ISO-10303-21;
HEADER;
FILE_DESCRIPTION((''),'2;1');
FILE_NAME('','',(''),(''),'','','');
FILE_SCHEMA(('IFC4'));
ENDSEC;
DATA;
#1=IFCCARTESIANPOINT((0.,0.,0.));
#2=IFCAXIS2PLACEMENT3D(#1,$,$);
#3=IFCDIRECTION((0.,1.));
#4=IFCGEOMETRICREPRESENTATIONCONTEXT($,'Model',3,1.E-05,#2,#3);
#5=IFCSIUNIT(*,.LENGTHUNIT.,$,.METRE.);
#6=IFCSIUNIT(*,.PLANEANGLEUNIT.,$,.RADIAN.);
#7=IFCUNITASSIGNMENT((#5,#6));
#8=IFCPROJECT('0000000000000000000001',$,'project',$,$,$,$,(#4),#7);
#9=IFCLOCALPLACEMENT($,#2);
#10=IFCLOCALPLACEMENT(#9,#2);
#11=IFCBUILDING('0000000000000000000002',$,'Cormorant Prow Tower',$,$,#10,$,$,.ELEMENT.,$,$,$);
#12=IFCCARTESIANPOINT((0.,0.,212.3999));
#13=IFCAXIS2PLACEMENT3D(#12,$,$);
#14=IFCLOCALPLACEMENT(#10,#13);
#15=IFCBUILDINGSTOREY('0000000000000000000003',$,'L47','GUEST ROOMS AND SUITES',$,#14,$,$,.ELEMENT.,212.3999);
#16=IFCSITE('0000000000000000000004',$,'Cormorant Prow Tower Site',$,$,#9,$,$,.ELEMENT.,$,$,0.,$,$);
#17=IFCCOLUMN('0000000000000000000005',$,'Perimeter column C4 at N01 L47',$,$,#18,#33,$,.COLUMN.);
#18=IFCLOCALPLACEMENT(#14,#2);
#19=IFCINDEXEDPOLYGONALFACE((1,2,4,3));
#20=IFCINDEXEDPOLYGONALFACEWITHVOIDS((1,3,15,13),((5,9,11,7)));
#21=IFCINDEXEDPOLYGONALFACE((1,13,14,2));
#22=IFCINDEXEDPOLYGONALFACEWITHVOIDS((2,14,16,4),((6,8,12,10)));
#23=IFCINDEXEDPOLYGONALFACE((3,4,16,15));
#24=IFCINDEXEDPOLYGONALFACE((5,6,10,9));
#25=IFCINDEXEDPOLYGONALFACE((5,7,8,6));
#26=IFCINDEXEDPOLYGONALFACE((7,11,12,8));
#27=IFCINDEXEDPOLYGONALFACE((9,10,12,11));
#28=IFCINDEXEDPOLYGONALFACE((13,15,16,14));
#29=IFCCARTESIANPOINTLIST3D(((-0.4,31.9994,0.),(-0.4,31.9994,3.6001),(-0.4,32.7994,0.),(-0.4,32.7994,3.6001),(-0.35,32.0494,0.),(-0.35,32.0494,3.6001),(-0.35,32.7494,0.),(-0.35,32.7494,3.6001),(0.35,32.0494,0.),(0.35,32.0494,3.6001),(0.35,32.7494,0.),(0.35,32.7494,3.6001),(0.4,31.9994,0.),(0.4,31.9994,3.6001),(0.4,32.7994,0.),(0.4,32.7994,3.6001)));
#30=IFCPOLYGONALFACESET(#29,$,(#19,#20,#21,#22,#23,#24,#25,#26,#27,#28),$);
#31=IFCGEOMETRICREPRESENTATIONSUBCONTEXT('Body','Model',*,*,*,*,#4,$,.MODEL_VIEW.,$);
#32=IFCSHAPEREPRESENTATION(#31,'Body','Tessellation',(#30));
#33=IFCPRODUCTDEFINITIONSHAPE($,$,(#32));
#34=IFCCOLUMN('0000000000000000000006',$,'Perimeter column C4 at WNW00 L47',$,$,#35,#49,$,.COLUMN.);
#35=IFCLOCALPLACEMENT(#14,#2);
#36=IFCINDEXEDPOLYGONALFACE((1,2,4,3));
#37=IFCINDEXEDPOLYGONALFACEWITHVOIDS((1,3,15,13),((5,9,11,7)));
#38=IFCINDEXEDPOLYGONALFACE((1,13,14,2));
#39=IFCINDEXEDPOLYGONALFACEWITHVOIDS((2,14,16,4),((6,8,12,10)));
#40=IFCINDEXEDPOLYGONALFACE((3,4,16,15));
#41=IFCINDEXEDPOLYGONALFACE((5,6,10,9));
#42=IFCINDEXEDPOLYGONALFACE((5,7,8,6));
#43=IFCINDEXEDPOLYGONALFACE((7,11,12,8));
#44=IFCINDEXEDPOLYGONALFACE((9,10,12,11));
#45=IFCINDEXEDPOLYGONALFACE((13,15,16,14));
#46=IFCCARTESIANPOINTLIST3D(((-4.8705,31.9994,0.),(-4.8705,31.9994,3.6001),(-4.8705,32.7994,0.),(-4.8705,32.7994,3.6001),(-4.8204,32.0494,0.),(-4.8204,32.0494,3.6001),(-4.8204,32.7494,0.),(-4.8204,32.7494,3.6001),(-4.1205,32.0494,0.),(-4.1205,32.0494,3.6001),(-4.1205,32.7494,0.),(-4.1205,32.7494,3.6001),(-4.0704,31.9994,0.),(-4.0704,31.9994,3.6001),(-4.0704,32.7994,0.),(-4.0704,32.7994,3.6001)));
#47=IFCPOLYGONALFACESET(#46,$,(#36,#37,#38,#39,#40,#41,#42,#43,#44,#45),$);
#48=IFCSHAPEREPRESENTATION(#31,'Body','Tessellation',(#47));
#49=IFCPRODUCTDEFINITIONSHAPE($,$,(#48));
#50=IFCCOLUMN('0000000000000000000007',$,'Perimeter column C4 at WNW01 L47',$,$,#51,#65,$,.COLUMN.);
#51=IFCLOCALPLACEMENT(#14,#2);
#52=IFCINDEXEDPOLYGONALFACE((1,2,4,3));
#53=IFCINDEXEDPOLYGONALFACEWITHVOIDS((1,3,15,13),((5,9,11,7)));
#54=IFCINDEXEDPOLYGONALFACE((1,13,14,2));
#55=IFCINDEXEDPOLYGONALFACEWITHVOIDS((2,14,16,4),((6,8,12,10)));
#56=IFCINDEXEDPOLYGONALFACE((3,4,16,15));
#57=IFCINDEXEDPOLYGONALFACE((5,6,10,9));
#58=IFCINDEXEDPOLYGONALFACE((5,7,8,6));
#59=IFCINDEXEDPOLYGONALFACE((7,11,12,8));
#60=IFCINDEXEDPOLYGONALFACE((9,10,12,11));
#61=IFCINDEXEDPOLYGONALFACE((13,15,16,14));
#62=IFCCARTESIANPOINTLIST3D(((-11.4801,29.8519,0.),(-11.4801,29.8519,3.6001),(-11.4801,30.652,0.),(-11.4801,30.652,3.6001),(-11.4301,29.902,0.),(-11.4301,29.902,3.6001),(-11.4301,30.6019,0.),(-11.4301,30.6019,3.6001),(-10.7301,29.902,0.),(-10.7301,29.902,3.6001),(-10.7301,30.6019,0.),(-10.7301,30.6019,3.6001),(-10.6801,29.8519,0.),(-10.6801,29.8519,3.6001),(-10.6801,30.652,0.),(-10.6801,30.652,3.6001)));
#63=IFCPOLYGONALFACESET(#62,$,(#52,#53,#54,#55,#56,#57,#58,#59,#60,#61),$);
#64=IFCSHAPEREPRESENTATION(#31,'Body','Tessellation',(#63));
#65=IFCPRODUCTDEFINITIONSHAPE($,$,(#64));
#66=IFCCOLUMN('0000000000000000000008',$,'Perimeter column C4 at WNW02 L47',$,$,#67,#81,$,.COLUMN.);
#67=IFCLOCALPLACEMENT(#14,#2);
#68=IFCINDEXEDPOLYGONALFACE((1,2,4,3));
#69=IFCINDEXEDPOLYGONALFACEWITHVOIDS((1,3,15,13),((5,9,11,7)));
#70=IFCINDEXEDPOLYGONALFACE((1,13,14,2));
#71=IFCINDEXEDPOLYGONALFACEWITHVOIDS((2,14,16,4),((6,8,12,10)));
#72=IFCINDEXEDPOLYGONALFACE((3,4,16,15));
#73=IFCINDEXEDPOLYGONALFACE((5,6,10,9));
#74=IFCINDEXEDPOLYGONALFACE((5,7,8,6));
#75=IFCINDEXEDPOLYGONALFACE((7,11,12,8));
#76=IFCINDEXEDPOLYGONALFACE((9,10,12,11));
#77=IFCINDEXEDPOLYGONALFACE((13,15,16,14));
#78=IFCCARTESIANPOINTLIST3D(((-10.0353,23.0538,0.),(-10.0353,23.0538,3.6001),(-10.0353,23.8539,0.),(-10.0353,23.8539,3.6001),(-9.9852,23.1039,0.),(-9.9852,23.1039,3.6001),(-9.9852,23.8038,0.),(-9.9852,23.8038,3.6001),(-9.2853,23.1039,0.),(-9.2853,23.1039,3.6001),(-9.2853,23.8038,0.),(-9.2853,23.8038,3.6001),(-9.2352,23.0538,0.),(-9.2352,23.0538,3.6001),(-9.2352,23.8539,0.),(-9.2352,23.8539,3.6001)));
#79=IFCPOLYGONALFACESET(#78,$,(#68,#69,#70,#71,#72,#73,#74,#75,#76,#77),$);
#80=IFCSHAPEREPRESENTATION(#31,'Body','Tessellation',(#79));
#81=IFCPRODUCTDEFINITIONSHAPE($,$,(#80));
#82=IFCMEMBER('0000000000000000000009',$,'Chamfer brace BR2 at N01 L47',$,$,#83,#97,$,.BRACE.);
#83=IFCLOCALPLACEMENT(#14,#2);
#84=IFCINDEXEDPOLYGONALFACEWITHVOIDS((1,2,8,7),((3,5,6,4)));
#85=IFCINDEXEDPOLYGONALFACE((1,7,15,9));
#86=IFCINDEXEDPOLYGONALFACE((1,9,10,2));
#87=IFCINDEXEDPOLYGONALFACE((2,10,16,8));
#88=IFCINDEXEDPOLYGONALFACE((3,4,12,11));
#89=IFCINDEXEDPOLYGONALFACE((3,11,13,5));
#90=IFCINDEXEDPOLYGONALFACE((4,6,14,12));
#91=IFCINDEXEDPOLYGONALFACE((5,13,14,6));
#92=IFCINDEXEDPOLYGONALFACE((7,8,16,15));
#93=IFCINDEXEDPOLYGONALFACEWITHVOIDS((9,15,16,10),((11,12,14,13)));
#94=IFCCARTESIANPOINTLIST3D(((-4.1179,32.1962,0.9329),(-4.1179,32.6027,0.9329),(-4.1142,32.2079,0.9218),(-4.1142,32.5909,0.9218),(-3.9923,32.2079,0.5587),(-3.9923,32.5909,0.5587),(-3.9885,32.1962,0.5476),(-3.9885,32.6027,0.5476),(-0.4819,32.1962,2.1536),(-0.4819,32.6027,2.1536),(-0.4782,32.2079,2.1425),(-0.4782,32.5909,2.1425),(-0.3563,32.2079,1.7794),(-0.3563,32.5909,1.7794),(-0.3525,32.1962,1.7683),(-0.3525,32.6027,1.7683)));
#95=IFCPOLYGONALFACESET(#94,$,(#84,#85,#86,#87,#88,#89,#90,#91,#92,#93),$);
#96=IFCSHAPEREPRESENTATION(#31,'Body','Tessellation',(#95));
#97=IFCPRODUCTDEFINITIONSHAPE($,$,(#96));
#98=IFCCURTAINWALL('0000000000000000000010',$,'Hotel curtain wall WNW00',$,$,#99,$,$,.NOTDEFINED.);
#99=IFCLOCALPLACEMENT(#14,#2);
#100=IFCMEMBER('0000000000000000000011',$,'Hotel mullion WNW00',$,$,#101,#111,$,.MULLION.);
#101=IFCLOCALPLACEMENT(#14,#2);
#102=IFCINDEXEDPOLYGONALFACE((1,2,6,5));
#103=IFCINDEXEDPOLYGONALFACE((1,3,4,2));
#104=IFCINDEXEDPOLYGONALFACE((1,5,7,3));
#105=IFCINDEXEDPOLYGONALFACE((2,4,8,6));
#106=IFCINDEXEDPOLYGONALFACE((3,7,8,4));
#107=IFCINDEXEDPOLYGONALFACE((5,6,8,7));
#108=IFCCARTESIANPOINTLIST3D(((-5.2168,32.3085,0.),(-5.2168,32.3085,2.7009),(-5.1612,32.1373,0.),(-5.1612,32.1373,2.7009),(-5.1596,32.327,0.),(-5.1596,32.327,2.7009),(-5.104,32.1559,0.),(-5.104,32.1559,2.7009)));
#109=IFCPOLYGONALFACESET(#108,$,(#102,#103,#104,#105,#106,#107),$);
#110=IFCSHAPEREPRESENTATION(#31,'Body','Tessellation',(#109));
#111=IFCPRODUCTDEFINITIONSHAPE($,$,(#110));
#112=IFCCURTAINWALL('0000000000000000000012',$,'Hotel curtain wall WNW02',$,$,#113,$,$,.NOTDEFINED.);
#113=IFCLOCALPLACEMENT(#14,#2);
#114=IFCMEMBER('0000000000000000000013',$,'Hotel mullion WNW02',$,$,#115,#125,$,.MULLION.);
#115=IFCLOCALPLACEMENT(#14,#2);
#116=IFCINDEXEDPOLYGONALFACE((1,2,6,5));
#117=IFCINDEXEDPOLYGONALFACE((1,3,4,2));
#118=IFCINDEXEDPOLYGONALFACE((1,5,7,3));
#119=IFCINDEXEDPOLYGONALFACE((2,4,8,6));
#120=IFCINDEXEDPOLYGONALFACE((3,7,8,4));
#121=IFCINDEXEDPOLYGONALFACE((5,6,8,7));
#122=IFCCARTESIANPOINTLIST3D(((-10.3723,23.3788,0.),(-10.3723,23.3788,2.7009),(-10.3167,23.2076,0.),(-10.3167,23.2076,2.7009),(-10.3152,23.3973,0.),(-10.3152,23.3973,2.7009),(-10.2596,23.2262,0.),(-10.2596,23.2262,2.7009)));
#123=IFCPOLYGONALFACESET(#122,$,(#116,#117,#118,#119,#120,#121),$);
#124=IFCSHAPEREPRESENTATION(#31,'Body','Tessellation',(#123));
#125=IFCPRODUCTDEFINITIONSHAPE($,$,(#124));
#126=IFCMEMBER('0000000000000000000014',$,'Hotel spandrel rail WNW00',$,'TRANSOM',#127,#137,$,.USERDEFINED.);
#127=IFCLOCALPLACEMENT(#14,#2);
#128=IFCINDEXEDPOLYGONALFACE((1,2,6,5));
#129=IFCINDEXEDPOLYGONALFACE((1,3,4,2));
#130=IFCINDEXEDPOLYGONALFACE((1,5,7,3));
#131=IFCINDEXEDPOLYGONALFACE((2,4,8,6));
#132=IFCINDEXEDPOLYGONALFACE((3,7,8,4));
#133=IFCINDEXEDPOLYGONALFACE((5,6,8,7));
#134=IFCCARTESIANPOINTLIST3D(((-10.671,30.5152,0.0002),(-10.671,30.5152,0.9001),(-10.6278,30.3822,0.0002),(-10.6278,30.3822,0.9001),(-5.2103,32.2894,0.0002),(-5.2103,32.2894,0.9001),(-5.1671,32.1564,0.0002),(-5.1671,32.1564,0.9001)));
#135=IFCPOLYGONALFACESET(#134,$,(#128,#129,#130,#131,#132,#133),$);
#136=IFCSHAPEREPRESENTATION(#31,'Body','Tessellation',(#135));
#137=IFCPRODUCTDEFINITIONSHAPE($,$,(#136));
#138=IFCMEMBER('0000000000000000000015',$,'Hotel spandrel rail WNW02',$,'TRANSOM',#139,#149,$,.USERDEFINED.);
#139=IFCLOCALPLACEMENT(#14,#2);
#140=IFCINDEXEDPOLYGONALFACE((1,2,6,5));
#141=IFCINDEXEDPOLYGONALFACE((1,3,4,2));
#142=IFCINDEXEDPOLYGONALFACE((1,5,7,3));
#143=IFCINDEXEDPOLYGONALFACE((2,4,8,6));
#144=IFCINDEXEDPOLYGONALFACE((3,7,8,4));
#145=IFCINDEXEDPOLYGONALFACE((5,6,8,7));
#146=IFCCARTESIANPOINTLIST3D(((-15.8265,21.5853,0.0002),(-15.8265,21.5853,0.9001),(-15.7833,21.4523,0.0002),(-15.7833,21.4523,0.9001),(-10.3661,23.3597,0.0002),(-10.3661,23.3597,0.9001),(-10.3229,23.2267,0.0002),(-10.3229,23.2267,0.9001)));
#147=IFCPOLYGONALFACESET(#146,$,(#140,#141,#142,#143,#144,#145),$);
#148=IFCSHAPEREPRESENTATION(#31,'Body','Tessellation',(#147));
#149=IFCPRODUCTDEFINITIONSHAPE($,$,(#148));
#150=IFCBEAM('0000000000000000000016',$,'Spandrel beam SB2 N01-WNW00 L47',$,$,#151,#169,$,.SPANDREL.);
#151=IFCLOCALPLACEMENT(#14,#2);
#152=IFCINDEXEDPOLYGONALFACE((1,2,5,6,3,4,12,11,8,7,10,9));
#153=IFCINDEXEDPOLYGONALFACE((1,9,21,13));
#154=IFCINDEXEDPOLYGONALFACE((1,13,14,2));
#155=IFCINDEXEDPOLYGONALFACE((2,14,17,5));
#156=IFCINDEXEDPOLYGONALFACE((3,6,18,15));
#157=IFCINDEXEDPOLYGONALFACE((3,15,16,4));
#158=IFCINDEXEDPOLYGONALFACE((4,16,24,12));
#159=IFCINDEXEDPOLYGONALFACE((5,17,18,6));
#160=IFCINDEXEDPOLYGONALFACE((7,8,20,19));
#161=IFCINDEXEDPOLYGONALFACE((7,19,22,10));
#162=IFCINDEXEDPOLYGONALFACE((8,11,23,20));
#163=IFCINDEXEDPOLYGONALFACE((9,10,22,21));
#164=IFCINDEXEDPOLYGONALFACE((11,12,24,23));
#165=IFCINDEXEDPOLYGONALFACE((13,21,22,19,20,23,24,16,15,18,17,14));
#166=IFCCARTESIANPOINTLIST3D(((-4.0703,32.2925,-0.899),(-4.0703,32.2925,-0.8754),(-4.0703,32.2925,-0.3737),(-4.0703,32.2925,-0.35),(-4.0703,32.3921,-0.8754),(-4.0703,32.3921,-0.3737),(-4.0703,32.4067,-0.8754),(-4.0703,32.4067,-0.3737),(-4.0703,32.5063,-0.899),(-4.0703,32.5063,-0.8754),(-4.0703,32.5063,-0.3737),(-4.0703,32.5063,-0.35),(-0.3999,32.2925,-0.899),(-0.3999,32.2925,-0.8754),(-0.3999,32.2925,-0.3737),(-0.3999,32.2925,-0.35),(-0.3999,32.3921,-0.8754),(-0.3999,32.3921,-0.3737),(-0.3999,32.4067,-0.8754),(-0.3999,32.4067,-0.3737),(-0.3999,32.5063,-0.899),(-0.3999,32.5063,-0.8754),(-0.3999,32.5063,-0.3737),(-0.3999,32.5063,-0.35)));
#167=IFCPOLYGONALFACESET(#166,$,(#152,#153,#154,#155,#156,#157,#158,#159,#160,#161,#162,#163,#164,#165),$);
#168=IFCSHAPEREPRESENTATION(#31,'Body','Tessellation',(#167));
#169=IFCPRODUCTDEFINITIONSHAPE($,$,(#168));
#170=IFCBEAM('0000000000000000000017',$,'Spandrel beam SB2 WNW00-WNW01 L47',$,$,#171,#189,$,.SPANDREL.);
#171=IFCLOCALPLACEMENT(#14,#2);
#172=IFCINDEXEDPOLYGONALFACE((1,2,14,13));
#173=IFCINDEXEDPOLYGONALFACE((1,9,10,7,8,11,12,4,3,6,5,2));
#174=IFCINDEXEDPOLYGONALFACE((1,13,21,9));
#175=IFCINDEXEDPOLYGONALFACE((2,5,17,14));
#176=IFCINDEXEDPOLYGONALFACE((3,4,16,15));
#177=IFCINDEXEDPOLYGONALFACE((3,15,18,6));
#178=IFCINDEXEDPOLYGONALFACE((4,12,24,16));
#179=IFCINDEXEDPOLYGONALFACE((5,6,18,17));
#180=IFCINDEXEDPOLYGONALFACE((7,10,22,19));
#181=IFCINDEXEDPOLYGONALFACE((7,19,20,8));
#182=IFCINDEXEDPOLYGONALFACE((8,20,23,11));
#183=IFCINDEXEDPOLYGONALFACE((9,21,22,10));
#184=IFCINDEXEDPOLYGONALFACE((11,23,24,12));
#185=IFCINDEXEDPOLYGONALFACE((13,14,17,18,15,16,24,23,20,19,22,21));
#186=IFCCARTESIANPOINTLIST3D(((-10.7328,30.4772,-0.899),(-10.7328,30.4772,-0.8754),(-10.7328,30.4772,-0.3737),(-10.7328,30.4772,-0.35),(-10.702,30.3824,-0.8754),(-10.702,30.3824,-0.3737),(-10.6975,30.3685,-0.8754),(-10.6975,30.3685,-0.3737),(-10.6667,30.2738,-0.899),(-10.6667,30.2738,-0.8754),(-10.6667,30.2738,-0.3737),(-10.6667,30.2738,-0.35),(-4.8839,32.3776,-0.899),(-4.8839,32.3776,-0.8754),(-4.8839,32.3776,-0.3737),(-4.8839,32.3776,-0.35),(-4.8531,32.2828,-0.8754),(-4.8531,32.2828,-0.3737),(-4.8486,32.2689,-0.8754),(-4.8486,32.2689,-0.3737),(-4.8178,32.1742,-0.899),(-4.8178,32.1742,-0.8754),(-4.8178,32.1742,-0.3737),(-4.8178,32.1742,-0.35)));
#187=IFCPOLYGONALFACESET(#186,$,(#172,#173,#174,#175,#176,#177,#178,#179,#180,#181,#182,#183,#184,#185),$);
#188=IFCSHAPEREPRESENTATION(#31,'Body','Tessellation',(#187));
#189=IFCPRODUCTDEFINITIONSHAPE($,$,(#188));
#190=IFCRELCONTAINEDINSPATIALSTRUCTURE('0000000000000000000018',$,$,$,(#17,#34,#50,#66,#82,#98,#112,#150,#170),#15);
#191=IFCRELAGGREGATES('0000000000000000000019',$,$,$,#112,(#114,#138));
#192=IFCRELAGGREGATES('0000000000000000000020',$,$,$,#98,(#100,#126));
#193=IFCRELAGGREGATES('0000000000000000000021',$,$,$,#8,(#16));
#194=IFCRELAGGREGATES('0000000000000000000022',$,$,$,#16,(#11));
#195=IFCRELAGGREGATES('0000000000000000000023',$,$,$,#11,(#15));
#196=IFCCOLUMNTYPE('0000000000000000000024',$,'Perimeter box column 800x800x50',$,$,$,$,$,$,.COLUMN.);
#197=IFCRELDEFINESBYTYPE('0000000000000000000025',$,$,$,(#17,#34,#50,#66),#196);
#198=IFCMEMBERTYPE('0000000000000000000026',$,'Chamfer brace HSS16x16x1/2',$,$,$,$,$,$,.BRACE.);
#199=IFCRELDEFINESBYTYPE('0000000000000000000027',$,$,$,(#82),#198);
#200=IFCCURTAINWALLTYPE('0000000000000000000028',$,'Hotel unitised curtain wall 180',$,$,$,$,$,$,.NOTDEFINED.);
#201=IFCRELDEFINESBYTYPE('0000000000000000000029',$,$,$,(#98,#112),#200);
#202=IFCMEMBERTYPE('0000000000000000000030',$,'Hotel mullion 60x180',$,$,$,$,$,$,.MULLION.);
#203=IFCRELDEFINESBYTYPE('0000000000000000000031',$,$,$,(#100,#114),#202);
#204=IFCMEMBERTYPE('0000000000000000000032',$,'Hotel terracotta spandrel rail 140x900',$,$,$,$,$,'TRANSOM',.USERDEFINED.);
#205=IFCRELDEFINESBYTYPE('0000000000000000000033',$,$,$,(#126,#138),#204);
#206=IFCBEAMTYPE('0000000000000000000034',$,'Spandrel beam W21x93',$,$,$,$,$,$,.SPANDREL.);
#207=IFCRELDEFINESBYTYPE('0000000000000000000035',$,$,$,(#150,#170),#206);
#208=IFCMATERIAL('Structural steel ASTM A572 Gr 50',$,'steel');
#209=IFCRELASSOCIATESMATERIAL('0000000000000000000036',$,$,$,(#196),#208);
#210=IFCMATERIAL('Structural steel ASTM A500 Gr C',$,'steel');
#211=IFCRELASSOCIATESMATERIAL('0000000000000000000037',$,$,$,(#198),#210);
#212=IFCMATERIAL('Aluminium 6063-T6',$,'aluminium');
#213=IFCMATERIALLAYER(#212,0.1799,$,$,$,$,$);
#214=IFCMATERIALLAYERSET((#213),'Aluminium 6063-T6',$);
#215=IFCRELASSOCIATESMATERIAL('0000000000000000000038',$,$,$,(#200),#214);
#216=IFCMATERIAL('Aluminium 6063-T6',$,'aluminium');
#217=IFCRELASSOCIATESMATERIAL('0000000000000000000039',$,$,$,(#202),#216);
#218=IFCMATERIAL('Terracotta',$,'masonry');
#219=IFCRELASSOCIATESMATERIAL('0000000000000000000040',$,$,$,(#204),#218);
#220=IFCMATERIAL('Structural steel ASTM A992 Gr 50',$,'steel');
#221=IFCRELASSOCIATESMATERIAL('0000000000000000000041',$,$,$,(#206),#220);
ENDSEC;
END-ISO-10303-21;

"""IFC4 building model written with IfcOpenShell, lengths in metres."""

from ifc_helpers import new_model, si_unit, direction, frame, origin, origin_2d, place, context, subcontext, project, spatial, rectangle, hollow_rectangle, i_section, extrude, material, layer, layer_set, material_profile, profile_set, type_object, element, aggregate, save


model = new_model("IFC4")

# Units and contexts
model_context = context("Model", 3, precision=1e-05, world=origin(), true_north=direction((0.0, 1.0)))
body_context = subcontext(model_context, "Body", "Model", "MODEL_VIEW")
ifc_project = project(units=[si_unit("LENGTHUNIT", "METRE"), si_unit("PLANEANGLEUNIT", "RADIAN")], contexts=[model_context])

# Site, building, storey
site_placement = place(None, origin())
site = spatial("IfcSite", under=ifc_project, at=site_placement, Name="Cormorant Prow Tower Site", CompositionType="ELEMENT", RefElevation=0.0)
building_placement = place(site_placement, origin())
building = spatial("IfcBuilding", under=site, at=building_placement, Name="Cormorant Prow Tower", CompositionType="ELEMENT")
storey_placement = place(building_placement, frame((0.0, 0.0, 212.3999)))
storey = spatial("IfcBuildingStorey", under=building, at=storey_placement, Name="L47", Description="GUEST ROOMS AND SUITES", CompositionType="ELEMENT", Elevation=212.3999)

# Columns
ifc_material_1 = material(Name="Structural steel ASTM A572 Gr 50", Category="steel")
ifc_material_profile_1 = material_profile(ifc_material_1, hollow_rectangle(XDim=0.8, YDim=0.8, WallThickness=0.05, at=origin_2d()), Name="Box 800x800x50")
ifc_profile_set_1 = profile_set([ifc_material_profile_1], Name="Structural steel ASTM A572 Gr 50")
column_type = type_object("IfcColumnType", Name="Perimeter box column 800x800x50", PredefinedType="COLUMN", material=ifc_profile_set_1)
for number, where, z_axis, x_axis, name in (
    (1, (0.0, 32.3994, 0.0), (0.0, 0.0, 1.0), (1.0, 0.0, 0.0), "Perimeter column C4 at N01 L47"),
    (2, (-4.4705, 32.3994, 0.0), (0.0, 0.0, 1.0), (1.0, 0.0, 0.0), "Perimeter column C4 at WNW00 L47"),
    (3, (-11.0801, 30.252, 0.0), (0.0, 0.0, 1.0), (1.0, 0.0, 0.0), "Perimeter column C4 at WNW01 L47"),
    (4, (-9.6353, 23.4539, 0.0), (0.0, 0.0, 1.0), (1.0, 0.0, 0.0), "Perimeter column C4 at WNW02 L47"),
):
    element("IfcColumn", number, at=place(storey_placement, frame(where, z_axis=z_axis, x_axis=x_axis)), inside=storey, type_object=column_type, Name=name, PredefinedType="COLUMN", context=body_context, shape_type="SweptSolid", body=[
        extrude(hollow_rectangle(XDim=0.8, YDim=0.8, WallThickness=0.05, at=origin_2d()), origin(), (0.0, 0.0, 1.0), 3.6001),
    ])

# Member
ifc_material_2 = material(Name="Structural steel ASTM A500 Gr C", Category="steel")
ifc_material_profile_2 = material_profile(ifc_material_2, hollow_rectangle(XDim=0.4065, YDim=0.4065, WallThickness=0.0117, at=origin_2d()), Name="HSS16x16x1/2")
ifc_profile_set_2 = profile_set([ifc_material_profile_2], Name="Structural steel ASTM A500 Gr C")
member_type_1 = type_object("IfcMemberType", Name="Chamfer brace HSS16x16x1/2", PredefinedType="BRACE", material=ifc_profile_set_2)
member_1_placement = place(storey_placement, frame((-4.0532, 32.3994, 0.7402), z_axis=(0.948, 0.0, 0.31827), x_axis=(0.0, 1.0, 0.0)))
element("IfcMember", 5, at=member_1_placement, inside=storey, type_object=member_type_1, Name="Chamfer brace BR2 at N01 L47", PredefinedType="BRACE", context=body_context, shape_type="SweptSolid", body=[
    extrude(hollow_rectangle(XDim=0.4065, YDim=0.4065, WallThickness=0.0117, at=origin_2d()), origin(), (0.0, 0.0, 1.0), 3.8354),
])

# Curtain walls, members
ifc_material_3 = material(Name="Aluminium 6063-T6", Category="aluminium")
ifc_layer_1 = layer(ifc_material_3, 0.1799)
ifc_layer_set_1 = layer_set([ifc_layer_1], Name="Aluminium 6063-T6")
curtain_wall_type = type_object("IfcCurtainWallType", Name="Hotel unitised curtain wall 180", PredefinedType="NOTDEFINED", material=ifc_layer_set_1)
curtain_wall_1_placement = place(storey_placement, origin())
curtain_wall_1 = element("IfcCurtainWall", 6, at=curtain_wall_1_placement, inside=storey, type_object=curtain_wall_type, Name="Hotel curtain wall WNW00", PredefinedType="NOTDEFINED")
ifc_material_4 = material(Name="Aluminium 6063-T6", Category="aluminium")
ifc_material_profile_3 = material_profile(ifc_material_4, rectangle(XDim=0.1799, YDim=0.0601, at=origin_2d()), Name="Hotel mullion 60x180")
ifc_profile_set_3 = profile_set([ifc_material_profile_3], Name="Aluminium 6063-T6")
member_type_2 = type_object("IfcMemberType", Name="Hotel mullion 60x180", PredefinedType="MULLION", material=ifc_profile_set_3)
member_2_placement = place(storey_placement, frame((-5.1604, 32.2322, 0.0), z_axis=(0.0, 0.0, 1.0), x_axis=(0.309017, -0.951057, 0.0)))
member_2 = element("IfcMember", 7, at=member_2_placement, type_object=member_type_2, Name="Hotel mullion WNW00", PredefinedType="MULLION", context=body_context, shape_type="SweptSolid", body=[
    extrude(rectangle(XDim=0.1799, YDim=0.0601, at=origin_2d()), origin(), (0.0, 0.0, 1.0), 2.7009),
])
curtain_wall_2_placement = place(storey_placement, origin())
curtain_wall_2 = element("IfcCurtainWall", 8, at=curtain_wall_2_placement, inside=storey, type_object=curtain_wall_type, Name="Hotel curtain wall WNW02", PredefinedType="NOTDEFINED")
member_3_placement = place(storey_placement, frame((-10.3159, 23.3025, 0.0), z_axis=(0.0, 0.0, 1.0), x_axis=(0.309017, -0.951057, 0.0)))
member_3 = element("IfcMember", 9, at=member_3_placement, type_object=member_type_2, Name="Hotel mullion WNW02", PredefinedType="MULLION", context=body_context, shape_type="SweptSolid", body=[
    extrude(rectangle(XDim=0.1799, YDim=0.0601, at=origin_2d()), origin(), (0.0, 0.0, 1.0), 2.7009),
])

# Members
ifc_material_5 = material(Name="Terracotta", Category="masonry")
ifc_material_profile_4 = material_profile(ifc_material_5, rectangle(XDim=0.1399, YDim=0.8999, at=origin_2d()), Name="Hotel terracotta spandrel rail 140x900")
ifc_profile_set_4 = profile_set([ifc_material_profile_4], Name="Terracotta")
member_type_3 = type_object("IfcMemberType", Name="Hotel terracotta spandrel rail 140x900", ElementType="TRANSOM", PredefinedType="USERDEFINED", material=ifc_profile_set_4)
member_4_placement = place(storey_placement, frame((-5.1887, 32.2229, 0.4502), z_axis=(-0.951063, -0.308999, 0.0), x_axis=(0.308999, -0.951063, 0.0)))
member_4 = element("IfcMember", 10, at=member_4_placement, type_object=member_type_3, Name="Hotel spandrel rail WNW00", ObjectType="TRANSOM", PredefinedType="USERDEFINED", context=body_context, shape_type="SweptSolid", body=[
    extrude(rectangle(XDim=0.1399, YDim=0.8999, at=origin_2d()), origin(), (0.0, 0.0, 1.0), 5.7417),
])
member_5_placement = place(storey_placement, frame((-10.3445, 23.2932, 0.4502), z_axis=(-0.951046, -0.30905, 0.0), x_axis=(0.30905, -0.951046, 0.0)))
member_5 = element("IfcMember", 11, at=member_5_placement, type_object=member_type_3, Name="Hotel spandrel rail WNW02", ObjectType="TRANSOM", PredefinedType="USERDEFINED", context=body_context, shape_type="SweptSolid", body=[
    extrude(rectangle(XDim=0.1399, YDim=0.8999, at=origin_2d()), origin(), (0.0, 0.0, 1.0), 5.7415),
])
aggregate(curtain_wall_2, [member_3, member_5])

# Beams
ifc_material_6 = material(Name="Structural steel ASTM A992 Gr 50", Category="steel")
ifc_material_profile_5 = material_profile(ifc_material_6, i_section(OverallWidth=0.2139, OverallDepth=0.5491, WebThickness=0.0146, FlangeThickness=0.0237, at=origin_2d()), Name="W21x93")
ifc_profile_set_5 = profile_set([ifc_material_profile_5], Name="Structural steel ASTM A992 Gr 50")
beam_type = type_object("IfcBeamType", Name="Spandrel beam W21x93", PredefinedType="SPANDREL", material=ifc_profile_set_5)
beam_1_placement = place(storey_placement, frame((-0.3999, 32.3994, -0.6245), z_axis=(-1.0, 0.0, 0.0), x_axis=(0.0, -1.0, 0.0)))
element("IfcBeam", 12, at=beam_1_placement, inside=storey, type_object=beam_type, Name="Spandrel beam SB2 N01-WNW00 L47", PredefinedType="SPANDREL", context=body_context, shape_type="SweptSolid", body=[
    extrude(i_section(OverallWidth=0.2139, OverallDepth=0.5491, WebThickness=0.0146, FlangeThickness=0.0237, at=origin_2d()), origin(), (0.0, 0.0, 1.0), 3.6704),
])
beam_2_placement = place(storey_placement, frame((-4.8508, 32.2759, -0.6245), z_axis=(-0.951058, -0.309013, 0.0), x_axis=(0.309013, -0.951058, 0.0)))
element("IfcBeam", 13, at=beam_2_placement, inside=storey, type_object=beam_type, Name="Spandrel beam SB2 WNW00-WNW01 L47", PredefinedType="SPANDREL", context=body_context, shape_type="SweptSolid", body=[
    extrude(i_section(OverallWidth=0.2139, OverallDepth=0.5491, WebThickness=0.0146, FlangeThickness=0.0237, at=origin_2d()), origin(), (0.0, 0.0, 1.0), 6.1499),
])

aggregate(curtain_wall_1, [member_2, member_4])

save(model, "model.ifc")
